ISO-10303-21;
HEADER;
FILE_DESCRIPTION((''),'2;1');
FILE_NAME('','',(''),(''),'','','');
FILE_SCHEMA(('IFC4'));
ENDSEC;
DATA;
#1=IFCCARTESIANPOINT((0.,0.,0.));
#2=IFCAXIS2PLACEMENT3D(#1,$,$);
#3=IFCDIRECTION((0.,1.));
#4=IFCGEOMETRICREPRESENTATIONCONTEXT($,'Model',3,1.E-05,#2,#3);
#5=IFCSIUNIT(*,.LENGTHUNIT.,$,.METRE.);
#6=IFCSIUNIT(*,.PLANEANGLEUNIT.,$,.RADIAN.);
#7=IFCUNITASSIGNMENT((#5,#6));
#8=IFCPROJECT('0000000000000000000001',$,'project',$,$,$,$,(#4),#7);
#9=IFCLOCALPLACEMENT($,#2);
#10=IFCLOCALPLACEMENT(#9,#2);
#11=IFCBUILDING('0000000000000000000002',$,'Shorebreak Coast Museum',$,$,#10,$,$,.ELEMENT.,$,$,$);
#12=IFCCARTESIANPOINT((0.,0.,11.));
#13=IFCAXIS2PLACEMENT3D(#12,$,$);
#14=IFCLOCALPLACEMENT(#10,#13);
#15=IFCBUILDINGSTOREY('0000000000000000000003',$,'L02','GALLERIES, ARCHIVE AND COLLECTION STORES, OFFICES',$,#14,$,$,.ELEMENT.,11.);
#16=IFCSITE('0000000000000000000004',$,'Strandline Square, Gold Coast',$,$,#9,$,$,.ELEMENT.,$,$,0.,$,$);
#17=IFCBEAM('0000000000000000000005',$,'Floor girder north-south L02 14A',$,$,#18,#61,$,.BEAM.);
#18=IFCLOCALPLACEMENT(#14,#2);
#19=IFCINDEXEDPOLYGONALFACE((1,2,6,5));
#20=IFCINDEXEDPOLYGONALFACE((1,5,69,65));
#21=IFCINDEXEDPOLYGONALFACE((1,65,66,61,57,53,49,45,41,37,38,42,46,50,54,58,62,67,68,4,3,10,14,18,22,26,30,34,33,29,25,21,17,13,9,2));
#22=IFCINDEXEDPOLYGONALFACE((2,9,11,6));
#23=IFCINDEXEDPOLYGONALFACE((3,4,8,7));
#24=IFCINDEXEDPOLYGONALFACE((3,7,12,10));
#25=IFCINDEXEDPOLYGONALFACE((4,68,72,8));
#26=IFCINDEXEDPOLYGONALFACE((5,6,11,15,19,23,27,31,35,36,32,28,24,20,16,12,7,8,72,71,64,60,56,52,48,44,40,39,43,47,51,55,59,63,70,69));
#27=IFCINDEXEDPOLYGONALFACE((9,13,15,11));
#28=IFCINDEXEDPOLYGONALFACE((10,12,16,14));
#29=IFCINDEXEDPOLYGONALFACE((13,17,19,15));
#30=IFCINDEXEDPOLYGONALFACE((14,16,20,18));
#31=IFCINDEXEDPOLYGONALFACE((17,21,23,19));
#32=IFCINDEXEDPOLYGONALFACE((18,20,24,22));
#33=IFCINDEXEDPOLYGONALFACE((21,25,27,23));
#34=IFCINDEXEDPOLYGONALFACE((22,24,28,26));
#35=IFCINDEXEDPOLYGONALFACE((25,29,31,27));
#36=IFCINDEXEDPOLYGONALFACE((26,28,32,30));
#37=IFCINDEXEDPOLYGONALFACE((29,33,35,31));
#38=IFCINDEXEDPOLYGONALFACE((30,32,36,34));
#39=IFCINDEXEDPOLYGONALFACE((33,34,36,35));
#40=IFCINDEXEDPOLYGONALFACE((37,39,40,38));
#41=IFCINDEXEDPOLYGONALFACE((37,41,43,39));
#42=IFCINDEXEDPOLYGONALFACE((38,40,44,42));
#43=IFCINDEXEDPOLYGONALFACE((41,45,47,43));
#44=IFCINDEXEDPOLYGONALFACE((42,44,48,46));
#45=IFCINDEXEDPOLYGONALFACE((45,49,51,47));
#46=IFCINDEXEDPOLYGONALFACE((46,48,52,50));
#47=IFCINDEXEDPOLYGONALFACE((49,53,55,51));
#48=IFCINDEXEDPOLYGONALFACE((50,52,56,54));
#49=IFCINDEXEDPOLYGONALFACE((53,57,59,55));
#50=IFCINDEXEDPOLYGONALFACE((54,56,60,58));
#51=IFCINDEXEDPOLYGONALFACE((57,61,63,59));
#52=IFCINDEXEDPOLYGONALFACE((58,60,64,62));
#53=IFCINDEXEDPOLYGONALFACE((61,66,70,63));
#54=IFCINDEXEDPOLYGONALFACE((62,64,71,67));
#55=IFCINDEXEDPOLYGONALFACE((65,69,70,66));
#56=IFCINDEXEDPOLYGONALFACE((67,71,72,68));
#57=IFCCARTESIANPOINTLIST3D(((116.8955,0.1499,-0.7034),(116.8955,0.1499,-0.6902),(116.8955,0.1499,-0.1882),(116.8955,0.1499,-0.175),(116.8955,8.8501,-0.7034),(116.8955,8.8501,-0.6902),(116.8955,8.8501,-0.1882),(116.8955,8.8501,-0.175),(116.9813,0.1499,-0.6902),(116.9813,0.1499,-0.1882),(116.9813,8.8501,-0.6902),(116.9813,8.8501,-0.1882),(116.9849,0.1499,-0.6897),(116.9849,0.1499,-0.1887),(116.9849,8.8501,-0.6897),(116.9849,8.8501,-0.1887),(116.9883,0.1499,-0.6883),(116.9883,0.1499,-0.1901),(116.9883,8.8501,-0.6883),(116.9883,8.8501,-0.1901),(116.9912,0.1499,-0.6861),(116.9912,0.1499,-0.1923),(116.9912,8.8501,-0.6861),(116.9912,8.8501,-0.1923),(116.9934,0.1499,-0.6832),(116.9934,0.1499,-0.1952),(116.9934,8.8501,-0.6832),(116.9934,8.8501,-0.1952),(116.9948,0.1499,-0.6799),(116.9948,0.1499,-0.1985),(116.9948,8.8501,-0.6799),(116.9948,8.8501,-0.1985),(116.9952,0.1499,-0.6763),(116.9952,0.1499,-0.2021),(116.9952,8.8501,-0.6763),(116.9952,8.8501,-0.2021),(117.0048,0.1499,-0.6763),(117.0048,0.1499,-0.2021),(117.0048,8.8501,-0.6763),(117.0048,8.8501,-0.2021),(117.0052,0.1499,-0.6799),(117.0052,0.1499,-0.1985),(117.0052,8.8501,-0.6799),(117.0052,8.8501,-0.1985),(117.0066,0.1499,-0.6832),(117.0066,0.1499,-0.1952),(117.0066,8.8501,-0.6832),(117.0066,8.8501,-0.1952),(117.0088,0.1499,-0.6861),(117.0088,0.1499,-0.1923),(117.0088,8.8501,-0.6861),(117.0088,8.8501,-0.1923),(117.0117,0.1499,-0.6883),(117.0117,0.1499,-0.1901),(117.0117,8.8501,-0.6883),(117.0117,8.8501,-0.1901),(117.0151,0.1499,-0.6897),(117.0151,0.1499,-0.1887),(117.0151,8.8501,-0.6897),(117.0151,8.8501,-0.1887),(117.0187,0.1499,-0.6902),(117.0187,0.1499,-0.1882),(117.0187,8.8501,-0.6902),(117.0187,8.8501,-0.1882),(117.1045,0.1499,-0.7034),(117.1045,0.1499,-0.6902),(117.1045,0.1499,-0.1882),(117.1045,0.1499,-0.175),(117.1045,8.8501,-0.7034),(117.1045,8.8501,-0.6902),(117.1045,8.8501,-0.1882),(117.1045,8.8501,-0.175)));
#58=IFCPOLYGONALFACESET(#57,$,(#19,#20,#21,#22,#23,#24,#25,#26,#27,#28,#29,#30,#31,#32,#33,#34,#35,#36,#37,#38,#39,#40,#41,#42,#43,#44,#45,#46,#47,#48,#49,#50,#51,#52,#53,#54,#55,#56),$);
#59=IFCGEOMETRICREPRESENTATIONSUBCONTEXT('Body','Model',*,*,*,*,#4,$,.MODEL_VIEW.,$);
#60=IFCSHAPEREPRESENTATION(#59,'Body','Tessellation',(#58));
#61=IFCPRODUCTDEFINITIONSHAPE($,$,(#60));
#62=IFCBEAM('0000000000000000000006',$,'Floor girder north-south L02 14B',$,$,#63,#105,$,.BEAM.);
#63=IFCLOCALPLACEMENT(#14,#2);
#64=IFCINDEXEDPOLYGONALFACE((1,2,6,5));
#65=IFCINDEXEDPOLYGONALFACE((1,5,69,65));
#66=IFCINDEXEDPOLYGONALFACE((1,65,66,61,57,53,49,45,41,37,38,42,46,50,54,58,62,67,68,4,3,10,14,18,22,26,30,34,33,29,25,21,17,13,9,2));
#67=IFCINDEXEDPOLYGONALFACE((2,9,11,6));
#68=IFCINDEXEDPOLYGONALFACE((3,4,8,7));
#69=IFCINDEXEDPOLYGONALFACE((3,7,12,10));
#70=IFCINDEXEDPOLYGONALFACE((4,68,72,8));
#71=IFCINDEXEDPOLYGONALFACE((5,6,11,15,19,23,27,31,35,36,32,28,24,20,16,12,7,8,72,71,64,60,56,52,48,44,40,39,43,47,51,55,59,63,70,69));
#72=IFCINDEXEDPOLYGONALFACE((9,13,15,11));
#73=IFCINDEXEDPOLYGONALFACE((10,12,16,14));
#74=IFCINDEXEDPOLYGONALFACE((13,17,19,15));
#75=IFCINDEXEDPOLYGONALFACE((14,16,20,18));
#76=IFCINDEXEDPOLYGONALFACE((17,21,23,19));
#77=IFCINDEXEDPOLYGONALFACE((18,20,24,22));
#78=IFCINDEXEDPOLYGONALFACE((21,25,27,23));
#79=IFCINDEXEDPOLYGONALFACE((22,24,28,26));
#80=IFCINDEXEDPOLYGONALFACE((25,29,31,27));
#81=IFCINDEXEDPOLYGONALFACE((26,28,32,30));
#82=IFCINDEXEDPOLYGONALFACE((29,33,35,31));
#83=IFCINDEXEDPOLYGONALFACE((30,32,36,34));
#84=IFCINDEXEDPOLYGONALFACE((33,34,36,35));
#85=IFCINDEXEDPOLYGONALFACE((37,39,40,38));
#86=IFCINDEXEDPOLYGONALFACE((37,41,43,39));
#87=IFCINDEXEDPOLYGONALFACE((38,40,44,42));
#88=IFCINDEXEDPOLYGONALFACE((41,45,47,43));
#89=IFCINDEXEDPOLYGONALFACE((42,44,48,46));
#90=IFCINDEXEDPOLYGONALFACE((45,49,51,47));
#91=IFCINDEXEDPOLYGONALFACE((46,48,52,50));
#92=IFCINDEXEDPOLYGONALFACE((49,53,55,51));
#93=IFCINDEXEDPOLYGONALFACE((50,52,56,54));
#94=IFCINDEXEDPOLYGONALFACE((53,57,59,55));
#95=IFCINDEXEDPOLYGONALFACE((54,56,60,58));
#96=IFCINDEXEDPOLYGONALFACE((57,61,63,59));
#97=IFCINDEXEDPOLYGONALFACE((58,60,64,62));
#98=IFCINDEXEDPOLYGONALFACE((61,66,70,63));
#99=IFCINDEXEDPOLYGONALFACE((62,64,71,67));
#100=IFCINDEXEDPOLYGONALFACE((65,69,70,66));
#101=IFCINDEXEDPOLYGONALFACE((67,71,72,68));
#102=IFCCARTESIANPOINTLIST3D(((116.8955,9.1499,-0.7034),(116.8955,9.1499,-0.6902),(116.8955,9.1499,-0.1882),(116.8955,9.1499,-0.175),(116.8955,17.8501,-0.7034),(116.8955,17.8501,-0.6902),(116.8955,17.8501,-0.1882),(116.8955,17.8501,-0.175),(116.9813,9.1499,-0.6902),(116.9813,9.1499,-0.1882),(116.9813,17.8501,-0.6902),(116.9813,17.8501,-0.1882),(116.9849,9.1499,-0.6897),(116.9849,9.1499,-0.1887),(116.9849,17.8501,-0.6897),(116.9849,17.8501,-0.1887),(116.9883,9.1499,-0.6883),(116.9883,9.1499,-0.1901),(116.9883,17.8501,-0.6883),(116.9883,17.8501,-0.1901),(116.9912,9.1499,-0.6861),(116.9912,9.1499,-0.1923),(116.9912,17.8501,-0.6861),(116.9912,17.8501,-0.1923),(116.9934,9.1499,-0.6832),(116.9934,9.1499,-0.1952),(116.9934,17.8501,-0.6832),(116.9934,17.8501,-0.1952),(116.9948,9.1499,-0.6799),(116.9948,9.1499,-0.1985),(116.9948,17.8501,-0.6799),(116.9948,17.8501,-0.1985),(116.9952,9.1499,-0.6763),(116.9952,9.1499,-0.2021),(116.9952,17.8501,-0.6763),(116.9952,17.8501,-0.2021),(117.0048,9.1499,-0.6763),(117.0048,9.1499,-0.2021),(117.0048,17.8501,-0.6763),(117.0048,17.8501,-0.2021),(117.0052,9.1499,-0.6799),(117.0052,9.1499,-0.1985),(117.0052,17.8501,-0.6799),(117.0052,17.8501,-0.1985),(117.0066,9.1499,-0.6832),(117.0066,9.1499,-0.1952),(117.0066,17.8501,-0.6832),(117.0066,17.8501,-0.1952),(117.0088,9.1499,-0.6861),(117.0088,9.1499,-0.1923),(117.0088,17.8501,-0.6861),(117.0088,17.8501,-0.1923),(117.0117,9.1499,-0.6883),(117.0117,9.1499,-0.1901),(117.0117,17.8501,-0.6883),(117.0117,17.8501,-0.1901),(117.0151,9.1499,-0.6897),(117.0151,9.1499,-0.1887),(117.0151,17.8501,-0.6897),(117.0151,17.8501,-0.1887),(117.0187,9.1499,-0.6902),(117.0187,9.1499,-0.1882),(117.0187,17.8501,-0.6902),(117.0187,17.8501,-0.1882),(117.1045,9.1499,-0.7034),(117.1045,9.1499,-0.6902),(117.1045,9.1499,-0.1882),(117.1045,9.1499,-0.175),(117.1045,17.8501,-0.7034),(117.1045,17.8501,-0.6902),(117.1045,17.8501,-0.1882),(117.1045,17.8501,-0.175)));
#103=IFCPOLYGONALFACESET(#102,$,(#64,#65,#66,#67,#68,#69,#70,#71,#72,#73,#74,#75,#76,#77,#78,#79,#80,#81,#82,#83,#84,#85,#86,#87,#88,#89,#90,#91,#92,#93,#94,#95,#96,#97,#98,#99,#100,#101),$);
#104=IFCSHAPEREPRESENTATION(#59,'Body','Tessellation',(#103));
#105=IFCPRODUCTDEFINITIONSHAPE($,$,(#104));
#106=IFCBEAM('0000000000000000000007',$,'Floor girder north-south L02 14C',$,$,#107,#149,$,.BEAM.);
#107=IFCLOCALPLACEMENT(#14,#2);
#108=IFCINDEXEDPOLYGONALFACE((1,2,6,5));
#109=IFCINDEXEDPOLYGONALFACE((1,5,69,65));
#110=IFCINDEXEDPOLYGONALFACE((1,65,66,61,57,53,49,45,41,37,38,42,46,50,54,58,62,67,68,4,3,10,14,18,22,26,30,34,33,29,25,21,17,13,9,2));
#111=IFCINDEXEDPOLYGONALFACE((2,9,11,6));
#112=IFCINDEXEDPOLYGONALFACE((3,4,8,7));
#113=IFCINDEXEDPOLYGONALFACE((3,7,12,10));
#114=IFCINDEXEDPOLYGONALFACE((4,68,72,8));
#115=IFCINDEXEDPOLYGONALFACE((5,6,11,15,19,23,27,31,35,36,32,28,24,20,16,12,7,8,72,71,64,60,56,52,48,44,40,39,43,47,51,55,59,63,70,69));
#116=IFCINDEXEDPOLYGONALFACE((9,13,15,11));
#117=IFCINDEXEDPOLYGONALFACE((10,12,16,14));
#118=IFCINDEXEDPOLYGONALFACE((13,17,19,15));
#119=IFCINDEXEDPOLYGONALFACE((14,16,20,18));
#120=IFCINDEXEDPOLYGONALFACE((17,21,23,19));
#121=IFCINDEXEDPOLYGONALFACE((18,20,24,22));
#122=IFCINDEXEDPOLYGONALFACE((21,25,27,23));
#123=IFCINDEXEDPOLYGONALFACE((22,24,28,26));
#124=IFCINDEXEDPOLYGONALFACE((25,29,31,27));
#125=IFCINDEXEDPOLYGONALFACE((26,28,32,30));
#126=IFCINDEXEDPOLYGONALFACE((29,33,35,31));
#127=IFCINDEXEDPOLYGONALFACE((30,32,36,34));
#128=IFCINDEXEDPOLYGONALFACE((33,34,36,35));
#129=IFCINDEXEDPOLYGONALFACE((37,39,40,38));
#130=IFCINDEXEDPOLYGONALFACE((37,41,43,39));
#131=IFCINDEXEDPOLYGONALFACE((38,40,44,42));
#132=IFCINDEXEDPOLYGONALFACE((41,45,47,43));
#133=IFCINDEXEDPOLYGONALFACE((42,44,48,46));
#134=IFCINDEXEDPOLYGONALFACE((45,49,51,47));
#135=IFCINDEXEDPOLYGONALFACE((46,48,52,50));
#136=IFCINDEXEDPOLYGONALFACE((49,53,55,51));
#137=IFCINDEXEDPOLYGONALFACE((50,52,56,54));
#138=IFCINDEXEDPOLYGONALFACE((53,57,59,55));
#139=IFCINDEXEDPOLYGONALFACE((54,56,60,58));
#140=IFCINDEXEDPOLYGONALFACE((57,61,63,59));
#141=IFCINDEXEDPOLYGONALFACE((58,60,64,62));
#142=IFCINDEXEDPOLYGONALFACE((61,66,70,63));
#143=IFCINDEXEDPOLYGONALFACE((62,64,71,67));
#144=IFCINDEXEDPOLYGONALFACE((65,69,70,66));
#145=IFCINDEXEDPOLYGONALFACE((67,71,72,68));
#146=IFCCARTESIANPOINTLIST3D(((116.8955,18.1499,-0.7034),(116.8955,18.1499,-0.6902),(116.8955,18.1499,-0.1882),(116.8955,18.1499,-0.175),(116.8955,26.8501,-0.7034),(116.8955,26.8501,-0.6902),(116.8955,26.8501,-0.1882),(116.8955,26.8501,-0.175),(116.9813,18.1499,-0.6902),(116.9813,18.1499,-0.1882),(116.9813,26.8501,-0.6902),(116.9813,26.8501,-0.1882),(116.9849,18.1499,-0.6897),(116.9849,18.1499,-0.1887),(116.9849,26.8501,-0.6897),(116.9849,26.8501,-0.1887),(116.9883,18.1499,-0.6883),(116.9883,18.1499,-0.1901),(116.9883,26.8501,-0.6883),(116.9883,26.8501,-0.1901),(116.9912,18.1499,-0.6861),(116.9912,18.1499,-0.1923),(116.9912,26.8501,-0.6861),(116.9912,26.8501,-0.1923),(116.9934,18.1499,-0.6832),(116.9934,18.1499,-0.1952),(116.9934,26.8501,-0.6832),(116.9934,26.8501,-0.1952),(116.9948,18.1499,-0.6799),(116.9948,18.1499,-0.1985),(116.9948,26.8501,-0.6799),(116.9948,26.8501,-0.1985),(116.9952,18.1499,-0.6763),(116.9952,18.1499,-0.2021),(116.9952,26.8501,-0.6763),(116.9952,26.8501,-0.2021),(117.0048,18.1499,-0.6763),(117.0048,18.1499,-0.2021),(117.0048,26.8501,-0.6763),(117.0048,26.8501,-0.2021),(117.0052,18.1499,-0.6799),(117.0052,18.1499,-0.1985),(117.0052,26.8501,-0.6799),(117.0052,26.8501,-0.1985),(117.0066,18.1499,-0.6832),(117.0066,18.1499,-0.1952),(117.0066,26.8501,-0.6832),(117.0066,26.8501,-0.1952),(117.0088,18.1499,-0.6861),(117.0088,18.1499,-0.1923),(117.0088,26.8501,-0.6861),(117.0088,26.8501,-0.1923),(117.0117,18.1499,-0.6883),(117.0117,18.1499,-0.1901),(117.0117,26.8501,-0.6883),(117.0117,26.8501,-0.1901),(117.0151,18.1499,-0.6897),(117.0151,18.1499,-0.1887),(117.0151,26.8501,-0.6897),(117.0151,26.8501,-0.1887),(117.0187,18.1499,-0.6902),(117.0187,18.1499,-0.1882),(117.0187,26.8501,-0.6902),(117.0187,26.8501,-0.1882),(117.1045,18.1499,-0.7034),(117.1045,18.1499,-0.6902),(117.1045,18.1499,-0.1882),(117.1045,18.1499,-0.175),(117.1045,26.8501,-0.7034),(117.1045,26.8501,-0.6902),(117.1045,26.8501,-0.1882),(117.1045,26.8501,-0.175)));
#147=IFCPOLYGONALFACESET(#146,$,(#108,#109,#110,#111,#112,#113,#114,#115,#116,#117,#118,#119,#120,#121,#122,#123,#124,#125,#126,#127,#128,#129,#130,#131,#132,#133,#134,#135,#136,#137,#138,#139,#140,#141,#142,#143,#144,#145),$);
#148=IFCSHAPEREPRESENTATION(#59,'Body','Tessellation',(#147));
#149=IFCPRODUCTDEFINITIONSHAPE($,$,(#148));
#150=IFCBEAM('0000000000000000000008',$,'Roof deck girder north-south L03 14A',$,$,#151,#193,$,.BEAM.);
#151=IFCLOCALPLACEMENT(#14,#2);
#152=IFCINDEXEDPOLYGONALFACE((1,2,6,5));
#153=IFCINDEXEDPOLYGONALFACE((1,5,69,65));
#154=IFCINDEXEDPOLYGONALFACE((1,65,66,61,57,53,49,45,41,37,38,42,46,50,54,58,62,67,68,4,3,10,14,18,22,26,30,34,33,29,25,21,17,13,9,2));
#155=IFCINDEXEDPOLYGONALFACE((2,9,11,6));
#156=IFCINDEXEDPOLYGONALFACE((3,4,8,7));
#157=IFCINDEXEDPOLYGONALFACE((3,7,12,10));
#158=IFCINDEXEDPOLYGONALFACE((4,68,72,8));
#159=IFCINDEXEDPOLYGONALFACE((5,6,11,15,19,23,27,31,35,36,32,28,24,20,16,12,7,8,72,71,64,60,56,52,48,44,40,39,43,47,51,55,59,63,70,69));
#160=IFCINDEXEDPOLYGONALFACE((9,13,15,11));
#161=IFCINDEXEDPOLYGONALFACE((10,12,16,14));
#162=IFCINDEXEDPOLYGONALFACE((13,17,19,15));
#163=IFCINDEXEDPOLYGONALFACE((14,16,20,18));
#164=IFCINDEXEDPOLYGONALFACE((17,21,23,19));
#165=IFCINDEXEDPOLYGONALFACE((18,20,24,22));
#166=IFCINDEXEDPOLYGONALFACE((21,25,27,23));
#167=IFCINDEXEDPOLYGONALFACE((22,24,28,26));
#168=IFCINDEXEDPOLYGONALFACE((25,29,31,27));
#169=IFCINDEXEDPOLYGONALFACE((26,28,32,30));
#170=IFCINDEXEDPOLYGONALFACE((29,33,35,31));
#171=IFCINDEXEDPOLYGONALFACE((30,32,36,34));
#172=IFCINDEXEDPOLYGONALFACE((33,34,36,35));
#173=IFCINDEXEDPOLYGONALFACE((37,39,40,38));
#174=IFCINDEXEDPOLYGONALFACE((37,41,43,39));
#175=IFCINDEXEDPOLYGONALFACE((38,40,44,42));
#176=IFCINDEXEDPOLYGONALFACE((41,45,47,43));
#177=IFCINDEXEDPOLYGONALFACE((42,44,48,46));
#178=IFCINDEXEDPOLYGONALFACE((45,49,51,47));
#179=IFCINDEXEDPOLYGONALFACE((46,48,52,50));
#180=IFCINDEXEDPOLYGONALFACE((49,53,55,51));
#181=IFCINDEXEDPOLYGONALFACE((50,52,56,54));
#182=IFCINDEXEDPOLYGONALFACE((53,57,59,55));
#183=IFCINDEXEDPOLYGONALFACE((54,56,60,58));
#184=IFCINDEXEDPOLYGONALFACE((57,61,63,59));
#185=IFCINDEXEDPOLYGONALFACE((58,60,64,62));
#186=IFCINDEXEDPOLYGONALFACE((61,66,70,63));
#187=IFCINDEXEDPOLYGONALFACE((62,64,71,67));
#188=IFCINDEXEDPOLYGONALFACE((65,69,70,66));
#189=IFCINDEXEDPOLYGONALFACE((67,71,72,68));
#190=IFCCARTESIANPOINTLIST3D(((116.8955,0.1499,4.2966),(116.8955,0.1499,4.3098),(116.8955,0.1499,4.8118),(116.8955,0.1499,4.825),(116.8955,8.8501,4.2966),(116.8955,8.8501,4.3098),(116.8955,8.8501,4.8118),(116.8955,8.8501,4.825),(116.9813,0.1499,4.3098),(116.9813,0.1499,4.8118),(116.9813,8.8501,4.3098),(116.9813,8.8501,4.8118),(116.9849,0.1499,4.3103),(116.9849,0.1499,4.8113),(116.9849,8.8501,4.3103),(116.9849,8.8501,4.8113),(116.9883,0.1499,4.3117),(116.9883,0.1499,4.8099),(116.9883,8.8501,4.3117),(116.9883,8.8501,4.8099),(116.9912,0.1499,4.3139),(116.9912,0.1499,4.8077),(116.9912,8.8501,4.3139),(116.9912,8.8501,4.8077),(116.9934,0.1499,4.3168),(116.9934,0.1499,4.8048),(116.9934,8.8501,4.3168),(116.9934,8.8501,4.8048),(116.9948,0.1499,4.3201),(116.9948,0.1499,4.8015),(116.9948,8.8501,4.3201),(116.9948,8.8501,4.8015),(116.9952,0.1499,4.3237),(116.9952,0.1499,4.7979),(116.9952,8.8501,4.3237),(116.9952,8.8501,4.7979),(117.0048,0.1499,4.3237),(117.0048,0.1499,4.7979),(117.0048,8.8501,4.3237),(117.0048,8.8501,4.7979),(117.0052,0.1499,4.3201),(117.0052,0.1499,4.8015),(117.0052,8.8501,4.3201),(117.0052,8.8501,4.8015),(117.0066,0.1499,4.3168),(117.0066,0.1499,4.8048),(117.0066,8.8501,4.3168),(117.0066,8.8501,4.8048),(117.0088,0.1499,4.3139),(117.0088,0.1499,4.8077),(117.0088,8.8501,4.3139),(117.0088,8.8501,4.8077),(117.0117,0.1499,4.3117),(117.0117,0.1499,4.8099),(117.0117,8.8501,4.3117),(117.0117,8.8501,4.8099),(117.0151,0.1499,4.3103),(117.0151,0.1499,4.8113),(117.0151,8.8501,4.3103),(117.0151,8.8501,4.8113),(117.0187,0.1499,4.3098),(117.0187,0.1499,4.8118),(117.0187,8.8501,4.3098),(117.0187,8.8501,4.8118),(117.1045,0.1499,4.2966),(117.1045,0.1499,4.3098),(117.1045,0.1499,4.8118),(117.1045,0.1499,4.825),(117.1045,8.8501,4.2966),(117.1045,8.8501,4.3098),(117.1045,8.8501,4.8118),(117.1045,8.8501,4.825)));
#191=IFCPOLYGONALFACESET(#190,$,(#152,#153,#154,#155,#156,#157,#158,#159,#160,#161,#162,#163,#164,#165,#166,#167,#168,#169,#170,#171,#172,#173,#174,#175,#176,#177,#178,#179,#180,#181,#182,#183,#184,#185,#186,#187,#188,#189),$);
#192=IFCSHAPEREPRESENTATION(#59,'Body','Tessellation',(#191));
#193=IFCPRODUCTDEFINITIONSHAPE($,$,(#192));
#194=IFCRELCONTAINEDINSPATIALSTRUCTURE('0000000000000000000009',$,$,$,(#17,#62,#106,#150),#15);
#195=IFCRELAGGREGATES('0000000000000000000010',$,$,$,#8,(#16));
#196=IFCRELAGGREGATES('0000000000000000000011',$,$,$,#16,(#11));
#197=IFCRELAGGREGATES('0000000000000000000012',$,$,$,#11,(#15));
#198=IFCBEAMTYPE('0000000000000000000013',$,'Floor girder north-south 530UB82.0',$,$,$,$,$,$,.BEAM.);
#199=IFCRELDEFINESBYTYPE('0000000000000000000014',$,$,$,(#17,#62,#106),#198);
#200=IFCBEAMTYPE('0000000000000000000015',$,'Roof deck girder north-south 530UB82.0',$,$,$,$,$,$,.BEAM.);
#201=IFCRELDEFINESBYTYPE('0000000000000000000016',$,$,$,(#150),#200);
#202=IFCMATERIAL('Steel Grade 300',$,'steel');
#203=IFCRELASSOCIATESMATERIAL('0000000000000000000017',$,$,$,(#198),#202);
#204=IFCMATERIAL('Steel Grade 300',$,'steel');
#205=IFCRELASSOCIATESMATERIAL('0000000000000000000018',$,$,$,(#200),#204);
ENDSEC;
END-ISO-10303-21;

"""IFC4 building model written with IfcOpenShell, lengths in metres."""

from ifc_helpers import new_model, si_unit, direction, frame, origin, origin_2d, place, context, subcontext, project, spatial, i_section, extrude, material, material_profile, profile_set, type_object, element, save


model = new_model("IFC4")

# Units and contexts
model_context = context("Model", 3, precision=1e-05, world=origin(), true_north=direction((0.0, 1.0)))
body_context = subcontext(model_context, "Body", "Model", "MODEL_VIEW")
ifc_project = project(units=[si_unit("LENGTHUNIT", "METRE"), si_unit("PLANEANGLEUNIT", "RADIAN")], contexts=[model_context])

# Site, building, storey
site_placement = place(None, origin())
site = spatial("IfcSite", under=ifc_project, at=site_placement, Name="Strandline Square, Gold Coast", CompositionType="ELEMENT", RefElevation=0.0)
building_placement = place(site_placement, origin())
building = spatial("IfcBuilding", under=site, at=building_placement, Name="Shorebreak Coast Museum", CompositionType="ELEMENT")
storey_placement = place(building_placement, frame((0.0, 0.0, 11.0)))
storey = spatial("IfcBuildingStorey", under=building, at=storey_placement, Name="L02", Description="GALLERIES, ARCHIVE AND COLLECTION STORES, OFFICES", CompositionType="ELEMENT", Elevation=11.0)

# Beams
ifc_material_1 = material(Name="Steel Grade 300", Category="steel")
ifc_material_profile_1 = material_profile(ifc_material_1, i_section(OverallWidth=0.209, OverallDepth=0.5283, WebThickness=0.0095, FlangeThickness=0.0132, FilletRadius=0.0139, at=origin_2d()), Name="530UB82.0")
ifc_profile_set_1 = profile_set([ifc_material_profile_1], Name="Steel Grade 300")
beam_type_1 = type_object("IfcBeamType", Name="Floor girder north-south 530UB82.0", PredefinedType="BEAM", material=ifc_profile_set_1)
for number, where, z_axis, x_axis, name in (
    (1, (117.0, 0.1499, -0.4392), (0.0, 1.0, 0.0), (-1.0, 0.0, 0.0), "Floor girder north-south L02 14A"),
    (2, (117.0, 9.1499, -0.4392), (0.0, 1.0, 0.0), (-1.0, 0.0, 0.0), "Floor girder north-south L02 14B"),
    (3, (117.0, 18.1499, -0.4392), (0.0, 1.0, 0.0), (-1.0, 0.0, 0.0), "Floor girder north-south L02 14C"),
):
    element("IfcBeam", number, at=place(storey_placement, frame(where, z_axis=z_axis, x_axis=x_axis)), inside=storey, type_object=beam_type_1, Name=name, PredefinedType="BEAM", context=body_context, shape_type="SweptSolid", body=[
        extrude(i_section(OverallWidth=0.209, OverallDepth=0.5283, WebThickness=0.0095, FlangeThickness=0.0132, FilletRadius=0.0139, at=origin_2d()), origin(), (0.0, 0.0, 1.0), 8.7002),
    ])
ifc_material_2 = material(Name="Steel Grade 300", Category="steel")
ifc_material_profile_2 = material_profile(ifc_material_2, i_section(OverallWidth=0.209, OverallDepth=0.5283, WebThickness=0.0095, FlangeThickness=0.0132, FilletRadius=0.0139, at=origin_2d()), Name="530UB82.0")
ifc_profile_set_2 = profile_set([ifc_material_profile_2], Name="Steel Grade 300")
beam_type_2 = type_object("IfcBeamType", Name="Roof deck girder north-south 530UB82.0", PredefinedType="BEAM", material=ifc_profile_set_2)
for number, where, z_axis, x_axis, name in (
    (4, (117.0, 0.1499, 4.5608), (0.0, 1.0, 0.0), (-1.0, 0.0, 0.0), "Roof deck girder north-south L03 14A"),
):
    element("IfcBeam", number, at=place(storey_placement, frame(where, z_axis=z_axis, x_axis=x_axis)), inside=storey, type_object=beam_type_2, Name=name, PredefinedType="BEAM", context=body_context, shape_type="SweptSolid", body=[
        extrude(i_section(OverallWidth=0.209, OverallDepth=0.5283, WebThickness=0.0095, FlangeThickness=0.0132, FilletRadius=0.0139, at=origin_2d()), origin(), (0.0, 0.0, 1.0), 8.7002),
    ])

save(model, "model.ifc")
